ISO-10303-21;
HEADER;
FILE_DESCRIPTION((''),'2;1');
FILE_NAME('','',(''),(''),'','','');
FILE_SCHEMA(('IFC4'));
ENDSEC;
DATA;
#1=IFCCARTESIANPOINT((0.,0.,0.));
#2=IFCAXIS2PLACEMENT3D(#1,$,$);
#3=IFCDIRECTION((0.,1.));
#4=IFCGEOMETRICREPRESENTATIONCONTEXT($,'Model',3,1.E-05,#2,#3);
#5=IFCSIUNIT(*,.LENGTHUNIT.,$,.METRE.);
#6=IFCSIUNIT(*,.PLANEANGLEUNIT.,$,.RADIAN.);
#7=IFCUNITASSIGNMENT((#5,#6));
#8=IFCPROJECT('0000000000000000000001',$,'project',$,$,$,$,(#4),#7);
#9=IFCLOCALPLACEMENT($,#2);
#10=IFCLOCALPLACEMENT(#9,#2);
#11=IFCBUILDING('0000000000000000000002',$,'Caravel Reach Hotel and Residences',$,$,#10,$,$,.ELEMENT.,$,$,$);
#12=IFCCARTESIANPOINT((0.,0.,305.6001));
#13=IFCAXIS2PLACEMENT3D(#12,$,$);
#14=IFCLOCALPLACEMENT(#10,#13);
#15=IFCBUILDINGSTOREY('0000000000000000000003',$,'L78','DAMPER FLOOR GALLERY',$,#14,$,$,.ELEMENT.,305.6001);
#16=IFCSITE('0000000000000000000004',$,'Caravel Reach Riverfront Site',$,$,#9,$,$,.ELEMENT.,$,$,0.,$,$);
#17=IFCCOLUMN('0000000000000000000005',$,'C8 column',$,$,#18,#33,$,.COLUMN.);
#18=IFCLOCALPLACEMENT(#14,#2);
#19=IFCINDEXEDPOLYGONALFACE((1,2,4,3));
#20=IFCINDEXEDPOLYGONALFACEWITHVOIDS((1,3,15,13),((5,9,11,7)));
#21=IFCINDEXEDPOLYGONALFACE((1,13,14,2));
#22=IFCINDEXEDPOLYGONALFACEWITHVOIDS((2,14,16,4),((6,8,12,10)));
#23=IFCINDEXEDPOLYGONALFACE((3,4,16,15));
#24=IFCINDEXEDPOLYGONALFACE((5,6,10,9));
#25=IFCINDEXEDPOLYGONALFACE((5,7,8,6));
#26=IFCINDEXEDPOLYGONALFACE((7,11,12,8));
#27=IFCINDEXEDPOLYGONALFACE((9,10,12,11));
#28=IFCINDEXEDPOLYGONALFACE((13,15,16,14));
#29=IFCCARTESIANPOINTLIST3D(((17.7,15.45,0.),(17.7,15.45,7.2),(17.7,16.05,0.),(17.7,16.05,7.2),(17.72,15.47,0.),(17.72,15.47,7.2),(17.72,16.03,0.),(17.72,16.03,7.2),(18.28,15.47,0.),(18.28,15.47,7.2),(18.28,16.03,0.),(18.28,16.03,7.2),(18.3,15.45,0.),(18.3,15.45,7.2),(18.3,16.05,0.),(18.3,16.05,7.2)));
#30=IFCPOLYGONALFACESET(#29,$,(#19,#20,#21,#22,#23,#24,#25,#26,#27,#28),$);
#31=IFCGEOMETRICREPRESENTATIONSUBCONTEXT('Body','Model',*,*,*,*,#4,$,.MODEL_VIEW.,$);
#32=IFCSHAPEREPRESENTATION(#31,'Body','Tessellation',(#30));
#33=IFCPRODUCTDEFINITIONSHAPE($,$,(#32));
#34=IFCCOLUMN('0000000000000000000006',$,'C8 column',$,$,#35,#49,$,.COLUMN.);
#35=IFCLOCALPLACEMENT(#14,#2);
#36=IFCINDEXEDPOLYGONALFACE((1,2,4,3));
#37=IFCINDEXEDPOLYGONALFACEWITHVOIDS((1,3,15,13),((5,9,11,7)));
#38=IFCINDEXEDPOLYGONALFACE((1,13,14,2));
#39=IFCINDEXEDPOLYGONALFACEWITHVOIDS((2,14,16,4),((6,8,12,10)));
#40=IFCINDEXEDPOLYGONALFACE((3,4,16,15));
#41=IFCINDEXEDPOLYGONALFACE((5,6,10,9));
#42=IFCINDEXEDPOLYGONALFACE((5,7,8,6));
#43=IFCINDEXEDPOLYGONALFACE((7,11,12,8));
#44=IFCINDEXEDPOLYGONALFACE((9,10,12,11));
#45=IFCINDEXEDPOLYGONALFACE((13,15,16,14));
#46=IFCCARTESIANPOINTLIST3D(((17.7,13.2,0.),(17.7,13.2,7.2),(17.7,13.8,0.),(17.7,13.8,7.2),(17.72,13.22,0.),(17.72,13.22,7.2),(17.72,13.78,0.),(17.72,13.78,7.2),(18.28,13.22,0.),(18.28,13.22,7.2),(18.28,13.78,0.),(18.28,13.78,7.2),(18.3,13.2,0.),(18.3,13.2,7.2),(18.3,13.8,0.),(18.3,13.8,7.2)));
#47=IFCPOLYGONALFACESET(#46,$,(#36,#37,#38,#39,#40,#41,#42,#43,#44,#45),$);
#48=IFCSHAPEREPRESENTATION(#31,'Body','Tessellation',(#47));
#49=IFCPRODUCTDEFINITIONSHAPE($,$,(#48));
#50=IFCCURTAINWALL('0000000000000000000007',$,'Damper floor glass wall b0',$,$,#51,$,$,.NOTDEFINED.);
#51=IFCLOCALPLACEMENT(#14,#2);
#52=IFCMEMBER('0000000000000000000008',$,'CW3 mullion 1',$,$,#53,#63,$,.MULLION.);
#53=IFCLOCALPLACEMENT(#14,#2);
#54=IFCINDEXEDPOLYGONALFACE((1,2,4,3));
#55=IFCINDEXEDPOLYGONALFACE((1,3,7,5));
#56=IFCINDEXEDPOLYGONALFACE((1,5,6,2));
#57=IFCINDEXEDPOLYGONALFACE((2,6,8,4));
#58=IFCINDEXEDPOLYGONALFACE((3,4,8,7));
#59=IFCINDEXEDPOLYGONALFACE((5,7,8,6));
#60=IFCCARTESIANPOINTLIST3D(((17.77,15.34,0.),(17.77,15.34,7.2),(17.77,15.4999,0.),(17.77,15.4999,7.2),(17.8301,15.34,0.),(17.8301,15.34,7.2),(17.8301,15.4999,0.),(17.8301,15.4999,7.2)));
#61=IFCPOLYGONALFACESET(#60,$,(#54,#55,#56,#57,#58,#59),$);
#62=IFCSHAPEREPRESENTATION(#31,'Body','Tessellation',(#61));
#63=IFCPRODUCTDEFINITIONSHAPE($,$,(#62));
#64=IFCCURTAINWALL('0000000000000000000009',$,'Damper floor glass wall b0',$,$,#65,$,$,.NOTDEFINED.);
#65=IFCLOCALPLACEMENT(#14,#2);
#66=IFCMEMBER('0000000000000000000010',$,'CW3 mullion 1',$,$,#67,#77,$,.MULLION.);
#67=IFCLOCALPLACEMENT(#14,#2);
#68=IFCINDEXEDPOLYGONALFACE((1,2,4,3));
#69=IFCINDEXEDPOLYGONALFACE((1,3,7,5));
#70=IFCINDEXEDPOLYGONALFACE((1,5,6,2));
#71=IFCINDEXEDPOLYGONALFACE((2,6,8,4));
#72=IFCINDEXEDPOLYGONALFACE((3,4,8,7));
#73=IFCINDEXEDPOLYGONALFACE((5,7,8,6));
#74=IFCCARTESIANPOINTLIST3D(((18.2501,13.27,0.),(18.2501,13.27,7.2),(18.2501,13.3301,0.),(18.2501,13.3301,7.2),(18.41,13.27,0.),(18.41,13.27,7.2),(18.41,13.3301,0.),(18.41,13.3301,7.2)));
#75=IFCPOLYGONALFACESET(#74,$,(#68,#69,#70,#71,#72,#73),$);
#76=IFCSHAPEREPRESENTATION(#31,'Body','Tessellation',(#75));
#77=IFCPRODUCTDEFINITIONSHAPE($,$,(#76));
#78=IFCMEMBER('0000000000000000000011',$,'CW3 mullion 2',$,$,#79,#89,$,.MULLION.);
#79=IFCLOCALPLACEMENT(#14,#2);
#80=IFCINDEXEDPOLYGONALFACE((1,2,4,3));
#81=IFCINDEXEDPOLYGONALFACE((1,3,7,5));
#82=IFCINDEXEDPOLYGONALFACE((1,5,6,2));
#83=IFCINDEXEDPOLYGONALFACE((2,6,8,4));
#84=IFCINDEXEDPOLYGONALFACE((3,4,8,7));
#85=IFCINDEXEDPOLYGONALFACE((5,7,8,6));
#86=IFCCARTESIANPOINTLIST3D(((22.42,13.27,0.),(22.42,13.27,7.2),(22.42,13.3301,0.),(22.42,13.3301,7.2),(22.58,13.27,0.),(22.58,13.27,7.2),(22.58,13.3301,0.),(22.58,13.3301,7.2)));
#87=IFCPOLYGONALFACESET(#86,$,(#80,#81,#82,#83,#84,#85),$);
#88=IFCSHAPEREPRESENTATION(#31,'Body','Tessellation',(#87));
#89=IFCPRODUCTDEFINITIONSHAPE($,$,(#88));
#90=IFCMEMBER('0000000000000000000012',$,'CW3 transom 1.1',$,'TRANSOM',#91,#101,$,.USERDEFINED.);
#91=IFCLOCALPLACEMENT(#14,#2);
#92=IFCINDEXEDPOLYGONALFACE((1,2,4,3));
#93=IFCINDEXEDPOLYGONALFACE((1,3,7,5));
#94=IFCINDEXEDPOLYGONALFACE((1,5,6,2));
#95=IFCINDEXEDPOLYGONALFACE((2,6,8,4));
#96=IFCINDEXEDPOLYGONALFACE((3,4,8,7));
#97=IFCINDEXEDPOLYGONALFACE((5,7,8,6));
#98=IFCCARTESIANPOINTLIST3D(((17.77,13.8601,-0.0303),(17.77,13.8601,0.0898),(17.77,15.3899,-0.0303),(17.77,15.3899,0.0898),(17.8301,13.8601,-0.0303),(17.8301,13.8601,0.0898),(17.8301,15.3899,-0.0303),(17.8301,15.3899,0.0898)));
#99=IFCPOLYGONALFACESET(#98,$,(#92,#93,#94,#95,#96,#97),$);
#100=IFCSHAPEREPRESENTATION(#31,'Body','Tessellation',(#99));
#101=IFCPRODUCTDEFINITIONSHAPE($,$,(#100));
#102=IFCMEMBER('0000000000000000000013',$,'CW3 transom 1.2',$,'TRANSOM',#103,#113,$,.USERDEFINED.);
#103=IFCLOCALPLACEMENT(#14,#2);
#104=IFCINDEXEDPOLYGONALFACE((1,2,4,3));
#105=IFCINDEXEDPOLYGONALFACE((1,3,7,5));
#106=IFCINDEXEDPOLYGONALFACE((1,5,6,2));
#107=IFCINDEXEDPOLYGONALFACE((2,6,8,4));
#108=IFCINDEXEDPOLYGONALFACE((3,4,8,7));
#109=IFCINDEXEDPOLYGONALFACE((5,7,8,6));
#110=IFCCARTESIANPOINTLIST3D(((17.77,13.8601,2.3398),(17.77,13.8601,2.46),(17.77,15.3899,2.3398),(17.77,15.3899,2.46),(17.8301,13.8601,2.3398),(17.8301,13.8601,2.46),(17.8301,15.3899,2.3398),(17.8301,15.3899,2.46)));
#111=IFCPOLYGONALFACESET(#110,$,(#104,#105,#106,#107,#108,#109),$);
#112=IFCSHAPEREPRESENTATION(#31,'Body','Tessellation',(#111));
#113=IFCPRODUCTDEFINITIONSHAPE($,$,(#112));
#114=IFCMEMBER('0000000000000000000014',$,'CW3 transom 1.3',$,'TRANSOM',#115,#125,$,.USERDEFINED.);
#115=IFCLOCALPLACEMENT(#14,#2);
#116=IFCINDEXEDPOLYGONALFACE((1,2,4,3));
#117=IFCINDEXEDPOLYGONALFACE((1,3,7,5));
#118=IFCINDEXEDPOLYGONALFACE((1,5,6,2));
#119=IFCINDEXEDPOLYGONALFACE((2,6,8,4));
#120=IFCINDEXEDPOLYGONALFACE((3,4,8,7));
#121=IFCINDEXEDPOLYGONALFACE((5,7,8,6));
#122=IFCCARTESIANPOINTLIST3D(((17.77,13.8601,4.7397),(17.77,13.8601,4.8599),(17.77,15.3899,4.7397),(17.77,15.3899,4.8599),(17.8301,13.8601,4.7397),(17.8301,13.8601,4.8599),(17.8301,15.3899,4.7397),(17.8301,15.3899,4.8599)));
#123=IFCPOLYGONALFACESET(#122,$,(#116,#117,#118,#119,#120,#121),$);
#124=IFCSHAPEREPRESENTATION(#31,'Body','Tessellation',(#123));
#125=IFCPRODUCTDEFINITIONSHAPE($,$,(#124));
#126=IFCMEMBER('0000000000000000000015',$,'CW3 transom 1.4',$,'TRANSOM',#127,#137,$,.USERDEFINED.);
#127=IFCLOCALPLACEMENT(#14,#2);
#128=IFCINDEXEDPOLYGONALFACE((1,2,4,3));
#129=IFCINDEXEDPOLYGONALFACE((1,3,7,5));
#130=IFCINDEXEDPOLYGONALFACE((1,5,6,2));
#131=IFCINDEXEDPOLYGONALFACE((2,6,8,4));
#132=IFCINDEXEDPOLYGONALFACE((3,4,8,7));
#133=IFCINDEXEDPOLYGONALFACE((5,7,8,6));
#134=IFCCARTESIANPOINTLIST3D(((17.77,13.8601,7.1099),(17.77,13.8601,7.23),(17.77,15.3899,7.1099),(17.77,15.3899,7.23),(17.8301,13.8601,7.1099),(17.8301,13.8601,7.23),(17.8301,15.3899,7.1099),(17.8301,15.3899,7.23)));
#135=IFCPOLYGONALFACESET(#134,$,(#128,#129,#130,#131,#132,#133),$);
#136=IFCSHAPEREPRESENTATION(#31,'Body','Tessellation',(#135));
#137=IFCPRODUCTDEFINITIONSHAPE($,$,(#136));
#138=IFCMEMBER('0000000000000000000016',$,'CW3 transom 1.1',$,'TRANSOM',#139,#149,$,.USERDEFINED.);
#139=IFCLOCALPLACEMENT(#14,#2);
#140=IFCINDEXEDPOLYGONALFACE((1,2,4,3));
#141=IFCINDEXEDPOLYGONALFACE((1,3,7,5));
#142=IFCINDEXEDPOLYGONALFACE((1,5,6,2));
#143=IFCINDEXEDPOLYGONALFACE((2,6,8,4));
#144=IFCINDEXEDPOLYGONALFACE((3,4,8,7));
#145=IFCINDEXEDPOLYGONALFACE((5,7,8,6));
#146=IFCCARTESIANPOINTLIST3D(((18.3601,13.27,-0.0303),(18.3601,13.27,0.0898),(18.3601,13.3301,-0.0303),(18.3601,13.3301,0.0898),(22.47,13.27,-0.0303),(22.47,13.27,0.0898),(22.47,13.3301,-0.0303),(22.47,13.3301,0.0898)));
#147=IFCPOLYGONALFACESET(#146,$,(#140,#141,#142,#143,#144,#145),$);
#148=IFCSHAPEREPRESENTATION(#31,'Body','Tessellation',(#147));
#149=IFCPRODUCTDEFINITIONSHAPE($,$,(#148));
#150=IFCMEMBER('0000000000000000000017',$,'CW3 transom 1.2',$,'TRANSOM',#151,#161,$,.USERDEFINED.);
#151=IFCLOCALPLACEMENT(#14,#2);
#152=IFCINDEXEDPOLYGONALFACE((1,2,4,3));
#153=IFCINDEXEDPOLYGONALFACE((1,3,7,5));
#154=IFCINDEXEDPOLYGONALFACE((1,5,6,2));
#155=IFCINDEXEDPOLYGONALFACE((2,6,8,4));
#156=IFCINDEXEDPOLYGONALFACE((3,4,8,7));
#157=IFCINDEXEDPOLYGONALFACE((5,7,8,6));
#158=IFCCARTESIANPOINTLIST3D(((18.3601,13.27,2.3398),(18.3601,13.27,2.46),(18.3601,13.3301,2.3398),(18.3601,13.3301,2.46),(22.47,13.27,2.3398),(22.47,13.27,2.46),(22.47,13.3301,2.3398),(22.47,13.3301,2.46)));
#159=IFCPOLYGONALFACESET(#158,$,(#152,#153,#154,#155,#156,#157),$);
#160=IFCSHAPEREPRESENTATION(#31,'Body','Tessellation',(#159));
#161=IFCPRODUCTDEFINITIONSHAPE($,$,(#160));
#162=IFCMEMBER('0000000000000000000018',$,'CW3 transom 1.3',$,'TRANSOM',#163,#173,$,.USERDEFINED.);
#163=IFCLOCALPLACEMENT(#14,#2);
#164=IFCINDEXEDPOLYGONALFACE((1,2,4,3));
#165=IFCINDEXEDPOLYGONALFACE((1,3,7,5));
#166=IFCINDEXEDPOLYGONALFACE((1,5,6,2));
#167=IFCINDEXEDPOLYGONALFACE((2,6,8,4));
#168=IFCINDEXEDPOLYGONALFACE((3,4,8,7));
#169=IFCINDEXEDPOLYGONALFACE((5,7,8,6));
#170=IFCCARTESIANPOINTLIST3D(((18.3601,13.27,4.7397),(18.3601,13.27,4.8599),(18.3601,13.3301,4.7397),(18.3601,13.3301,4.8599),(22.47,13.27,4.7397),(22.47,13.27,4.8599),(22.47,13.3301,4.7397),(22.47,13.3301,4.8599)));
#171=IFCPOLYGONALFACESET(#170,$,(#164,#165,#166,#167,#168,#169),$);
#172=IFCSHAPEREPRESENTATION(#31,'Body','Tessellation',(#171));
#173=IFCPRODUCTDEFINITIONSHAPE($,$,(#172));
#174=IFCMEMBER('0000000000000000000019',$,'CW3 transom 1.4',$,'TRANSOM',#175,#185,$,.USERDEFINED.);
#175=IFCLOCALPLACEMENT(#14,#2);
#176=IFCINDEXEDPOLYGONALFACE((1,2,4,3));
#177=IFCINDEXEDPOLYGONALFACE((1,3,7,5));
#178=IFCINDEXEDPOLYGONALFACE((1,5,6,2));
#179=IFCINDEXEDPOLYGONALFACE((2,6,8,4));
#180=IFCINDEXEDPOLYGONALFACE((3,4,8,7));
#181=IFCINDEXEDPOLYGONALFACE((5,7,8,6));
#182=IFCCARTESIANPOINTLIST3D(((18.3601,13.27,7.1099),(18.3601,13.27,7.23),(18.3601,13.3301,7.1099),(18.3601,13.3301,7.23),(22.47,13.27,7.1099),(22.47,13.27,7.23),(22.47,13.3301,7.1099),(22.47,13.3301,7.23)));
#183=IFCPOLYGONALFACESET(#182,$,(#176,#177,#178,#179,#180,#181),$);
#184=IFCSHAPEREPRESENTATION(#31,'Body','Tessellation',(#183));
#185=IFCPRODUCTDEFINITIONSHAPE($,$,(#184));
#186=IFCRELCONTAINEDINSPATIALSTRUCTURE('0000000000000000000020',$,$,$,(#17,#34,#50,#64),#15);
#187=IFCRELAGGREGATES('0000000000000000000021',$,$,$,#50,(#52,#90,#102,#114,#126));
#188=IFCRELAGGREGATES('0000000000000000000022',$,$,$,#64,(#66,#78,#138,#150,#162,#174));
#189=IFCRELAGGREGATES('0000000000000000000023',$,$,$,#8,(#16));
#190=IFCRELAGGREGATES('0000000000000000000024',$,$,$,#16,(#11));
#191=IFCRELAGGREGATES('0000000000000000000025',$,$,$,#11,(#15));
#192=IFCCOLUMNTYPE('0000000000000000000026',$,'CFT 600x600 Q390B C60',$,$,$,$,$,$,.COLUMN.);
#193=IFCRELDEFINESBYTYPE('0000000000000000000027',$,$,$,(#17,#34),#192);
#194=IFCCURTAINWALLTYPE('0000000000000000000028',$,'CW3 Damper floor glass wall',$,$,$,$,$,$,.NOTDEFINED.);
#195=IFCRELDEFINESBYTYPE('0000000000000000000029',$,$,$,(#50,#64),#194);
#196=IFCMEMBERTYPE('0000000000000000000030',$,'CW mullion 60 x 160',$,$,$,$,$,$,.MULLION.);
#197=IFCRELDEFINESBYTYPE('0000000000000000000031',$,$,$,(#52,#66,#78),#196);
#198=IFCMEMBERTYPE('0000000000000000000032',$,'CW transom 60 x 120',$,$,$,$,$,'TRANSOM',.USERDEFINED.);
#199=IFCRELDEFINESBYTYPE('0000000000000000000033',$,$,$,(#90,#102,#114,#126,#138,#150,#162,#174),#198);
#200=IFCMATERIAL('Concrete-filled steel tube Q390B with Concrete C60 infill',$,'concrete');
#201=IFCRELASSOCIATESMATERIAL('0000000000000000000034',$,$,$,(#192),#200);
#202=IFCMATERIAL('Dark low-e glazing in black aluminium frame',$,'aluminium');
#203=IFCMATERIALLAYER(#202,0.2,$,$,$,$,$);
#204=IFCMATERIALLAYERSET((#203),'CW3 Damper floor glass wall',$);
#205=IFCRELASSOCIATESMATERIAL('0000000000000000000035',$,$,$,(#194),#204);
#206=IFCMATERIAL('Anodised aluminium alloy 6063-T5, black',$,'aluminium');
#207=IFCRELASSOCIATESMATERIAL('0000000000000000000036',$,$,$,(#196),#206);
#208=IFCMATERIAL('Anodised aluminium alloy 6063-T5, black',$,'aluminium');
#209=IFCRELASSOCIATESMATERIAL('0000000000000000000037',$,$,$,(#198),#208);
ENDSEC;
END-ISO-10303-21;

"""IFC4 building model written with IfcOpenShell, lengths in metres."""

from ifc_helpers import new_model, si_unit, direction, frame, origin, origin_2d, place, context, subcontext, project, spatial, rectangle, hollow_rectangle, extrude, material, layer, layer_set, material_profile, profile_set, type_object, element, aggregate, save


model = new_model("IFC4")

# Units and contexts
model_context = context("Model", 3, precision=1e-05, world=origin(), true_north=direction((0.0, 1.0)))
body_context = subcontext(model_context, "Body", "Model", "MODEL_VIEW")
ifc_project = project(units=[si_unit("LENGTHUNIT", "METRE"), si_unit("PLANEANGLEUNIT", "RADIAN")], contexts=[model_context])

# Site, building, storey
site_placement = place(None, origin())
site = spatial("IfcSite", under=ifc_project, at=site_placement, Name="Caravel Reach Riverfront Site", CompositionType="ELEMENT", RefElevation=0.0)
building_placement = place(site_placement, origin())
building = spatial("IfcBuilding", under=site, at=building_placement, Name="Caravel Reach Hotel and Residences", CompositionType="ELEMENT")
storey_placement = place(building_placement, frame((0.0, 0.0, 305.6001)))
storey = spatial("IfcBuildingStorey", under=building, at=storey_placement, Name="L78", Description="DAMPER FLOOR GALLERY", CompositionType="ELEMENT", Elevation=305.6001)

# Columns
ifc_material_1 = material(Name="Concrete-filled steel tube Q390B with Concrete C60 infill", Category="concrete")
ifc_material_profile_1 = material_profile(ifc_material_1, hollow_rectangle(XDim=0.6001, YDim=0.6001, WallThickness=0.02, at=origin_2d()), Name="RHS 600x600x20")
ifc_profile_set_1 = profile_set([ifc_material_profile_1], Name="Concrete-filled steel tube Q390B with Concrete C60 infill")
column_type = type_object("IfcColumnType", Name="CFT 600x600 Q390B C60", PredefinedType="COLUMN", material=ifc_profile_set_1)
for number, where, z_axis, x_axis, name in (
    (1, (18.0, 15.75, 0.0), (0.0, 0.0, 1.0), (1.0, 0.0, 0.0), "C8 column"),
    (2, (18.0, 13.5, 0.0), (0.0, 0.0, 1.0), (1.0, 0.0, 0.0), "C8 column"),
):
    element("IfcColumn", number, at=place(storey_placement, frame(where, z_axis=z_axis, x_axis=x_axis)), inside=storey, type_object=column_type, Name=name, PredefinedType="COLUMN", context=body_context, shape_type="SweptSolid", body=[
        extrude(hollow_rectangle(XDim=0.6001, YDim=0.6001, WallThickness=0.02, at=origin_2d()), origin(), (0.0, 0.0, 1.0), 7.2),
    ])

# Curtain wall, member
ifc_material_2 = material(Name="Dark low-e glazing in black aluminium frame", Category="aluminium")
ifc_layer_1 = layer(ifc_material_2, 0.2)
ifc_layer_set_1 = layer_set([ifc_layer_1], Name="CW3 Damper floor glass wall")
curtain_wall_type = type_object("IfcCurtainWallType", Name="CW3 Damper floor glass wall", PredefinedType="NOTDEFINED", material=ifc_layer_set_1)
curtain_wall_1_placement = place(storey_placement, origin())
curtain_wall_1 = element("IfcCurtainWall", 3, at=curtain_wall_1_placement, inside=storey, type_object=curtain_wall_type, Name="Damper floor glass wall b0", PredefinedType="NOTDEFINED")
ifc_material_3 = material(Name="Anodised aluminium alloy 6063-T5, black", Category="aluminium")
ifc_material_profile_2 = material_profile(ifc_material_3, rectangle(XDim=0.0601, YDim=0.1599, at=origin_2d()), Name="CW mullion 60 x 160")
ifc_profile_set_2 = profile_set([ifc_material_profile_2], Name="Anodised aluminium alloy 6063-T5, black")
member_type_1 = type_object("IfcMemberType", Name="CW mullion 60 x 160", PredefinedType="MULLION", material=ifc_profile_set_2)
member_1_placement = place(storey_placement, frame((17.8, 15.4199, 0.0), z_axis=(0.0, 0.0, 1.0), x_axis=(1.0, 0.0, 0.0)))
member_1 = element("IfcMember", 4, at=member_1_placement, type_object=member_type_1, Name="CW3 mullion 1", PredefinedType="MULLION", context=body_context, shape_type="SweptSolid", body=[
    extrude(rectangle(XDim=0.0601, YDim=0.1599, at=origin_2d()), origin(), (0.0, 0.0, 1.0), 7.2),
])

# Curtain wall, members
curtain_wall_2_placement = place(storey_placement, origin())
curtain_wall_2 = element("IfcCurtainWall", 5, at=curtain_wall_2_placement, inside=storey, type_object=curtain_wall_type, Name="Damper floor glass wall b0", PredefinedType="NOTDEFINED")
member_2_placement = place(storey_placement, frame((18.3301, 13.3, 0.0), z_axis=(0.0, 0.0, 1.0), x_axis=(0.0, 1.0, 0.0)))
member_2 = element("IfcMember", 6, at=member_2_placement, type_object=member_type_1, Name="CW3 mullion 1", PredefinedType="MULLION", context=body_context, shape_type="SweptSolid", body=[
    extrude(rectangle(XDim=0.0601, YDim=0.1599, at=origin_2d()), origin(), (0.0, 0.0, 1.0), 7.2),
])
member_3_placement = place(storey_placement, frame((22.5, 13.3, 0.0), z_axis=(0.0, 0.0, 1.0), x_axis=(0.0, 1.0, 0.0)))
member_3 = element("IfcMember", 7, at=member_3_placement, type_object=member_type_1, Name="CW3 mullion 2", PredefinedType="MULLION", context=body_context, shape_type="SweptSolid", body=[
    extrude(rectangle(XDim=0.0601, YDim=0.1599, at=origin_2d()), origin(), (0.0, 0.0, 1.0), 7.2),
])

# Members
ifc_material_4 = material(Name="Anodised aluminium alloy 6063-T5, black", Category="aluminium")
ifc_material_profile_3 = material_profile(ifc_material_4, rectangle(XDim=0.0601, YDim=0.1201, at=origin_2d()), Name="CW transom 60 x 120")
ifc_profile_set_3 = profile_set([ifc_material_profile_3], Name="Anodised aluminium alloy 6063-T5, black")
member_type_2 = type_object("IfcMemberType", Name="CW transom 60 x 120", ElementType="TRANSOM", PredefinedType="USERDEFINED", material=ifc_profile_set_3)
member_4_placement = place(storey_placement, frame((17.8, 15.3899, 0.0298), z_axis=(0.0, -1.0, 0.0), x_axis=(1.0, 0.0, 0.0)))
member_4 = element("IfcMember", 8, at=member_4_placement, type_object=member_type_2, Name="CW3 transom 1.1", ObjectType="TRANSOM", PredefinedType="USERDEFINED", context=body_context, shape_type="SweptSolid", body=[
    extrude(rectangle(XDim=0.0601, YDim=0.1201, at=origin_2d()), origin(), (0.0, 0.0, 1.0), 1.5298),
])
member_5_placement = place(storey_placement, frame((17.8, 15.3899, 2.3999), z_axis=(0.0, -1.0, 0.0), x_axis=(1.0, 0.0, 0.0)))
member_5 = element("IfcMember", 9, at=member_5_placement, type_object=member_type_2, Name="CW3 transom 1.2", ObjectType="TRANSOM", PredefinedType="USERDEFINED", context=body_context, shape_type="SweptSolid", body=[
    extrude(rectangle(XDim=0.0601, YDim=0.1201, at=origin_2d()), origin(), (0.0, 0.0, 1.0), 1.5298),
])
member_6_placement = place(storey_placement, frame((17.8, 15.3899, 4.7998), z_axis=(0.0, -1.0, 0.0), x_axis=(1.0, 0.0, 0.0)))
member_6 = element("IfcMember", 10, at=member_6_placement, type_object=member_type_2, Name="CW3 transom 1.3", ObjectType="TRANSOM", PredefinedType="USERDEFINED", context=body_context, shape_type="SweptSolid", body=[
    extrude(rectangle(XDim=0.0601, YDim=0.1201, at=origin_2d()), origin(), (0.0, 0.0, 1.0), 1.5298),
])
member_7_placement = place(storey_placement, frame((17.8, 15.3899, 7.1699), z_axis=(0.0, -1.0, 0.0), x_axis=(1.0, 0.0, 0.0)))
member_7 = element("IfcMember", 11, at=member_7_placement, type_object=member_type_2, Name="CW3 transom 1.4", ObjectType="TRANSOM", PredefinedType="USERDEFINED", context=body_context, shape_type="SweptSolid", body=[
    extrude(rectangle(XDim=0.0601, YDim=0.1201, at=origin_2d()), origin(), (0.0, 0.0, 1.0), 1.5298),
])
member_8_placement = place(storey_placement, frame((18.3601, 13.3, 0.0298), z_axis=(1.0, 0.0, 0.0), x_axis=(0.0, 1.0, 0.0)))
member_8 = element("IfcMember", 12, at=member_8_placement, type_object=member_type_2, Name="CW3 transom 1.1", ObjectType="TRANSOM", PredefinedType="USERDEFINED", context=body_context, shape_type="SweptSolid", body=[
    extrude(rectangle(XDim=0.0601, YDim=0.1201, at=origin_2d()), origin(), (0.0, 0.0, 1.0), 4.1099),
])
member_9_placement = place(storey_placement, frame((18.3601, 13.3, 2.3999), z_axis=(1.0, 0.0, 0.0), x_axis=(0.0, 1.0, 0.0)))
member_9 = element("IfcMember", 13, at=member_9_placement, type_object=member_type_2, Name="CW3 transom 1.2", ObjectType="TRANSOM", PredefinedType="USERDEFINED", context=body_context, shape_type="SweptSolid", body=[
    extrude(rectangle(XDim=0.0601, YDim=0.1201, at=origin_2d()), origin(), (0.0, 0.0, 1.0), 4.1099),
])
member_10_placement = place(storey_placement, frame((18.3601, 13.3, 4.7998), z_axis=(1.0, 0.0, 0.0), x_axis=(0.0, 1.0, 0.0)))
member_10 = element("IfcMember", 14, at=member_10_placement, type_object=member_type_2, Name="CW3 transom 1.3", ObjectType="TRANSOM", PredefinedType="USERDEFINED", context=body_context, shape_type="SweptSolid", body=[
    extrude(rectangle(XDim=0.0601, YDim=0.1201, at=origin_2d()), origin(), (0.0, 0.0, 1.0), 4.1099),
])
member_11_placement = place(storey_placement, frame((18.3601, 13.3, 7.1699), z_axis=(1.0, 0.0, 0.0), x_axis=(0.0, 1.0, 0.0)))
member_11 = element("IfcMember", 15, at=member_11_placement, type_object=member_type_2, Name="CW3 transom 1.4", ObjectType="TRANSOM", PredefinedType="USERDEFINED", context=body_context, shape_type="SweptSolid", body=[
    extrude(rectangle(XDim=0.0601, YDim=0.1201, at=origin_2d()), origin(), (0.0, 0.0, 1.0), 4.1099),
])

aggregate(curtain_wall_1, [member_1, member_4, member_5, member_6, member_7])
aggregate(curtain_wall_2, [member_2, member_3, member_8, member_9, member_10, member_11])

save(model, "model.ifc")
